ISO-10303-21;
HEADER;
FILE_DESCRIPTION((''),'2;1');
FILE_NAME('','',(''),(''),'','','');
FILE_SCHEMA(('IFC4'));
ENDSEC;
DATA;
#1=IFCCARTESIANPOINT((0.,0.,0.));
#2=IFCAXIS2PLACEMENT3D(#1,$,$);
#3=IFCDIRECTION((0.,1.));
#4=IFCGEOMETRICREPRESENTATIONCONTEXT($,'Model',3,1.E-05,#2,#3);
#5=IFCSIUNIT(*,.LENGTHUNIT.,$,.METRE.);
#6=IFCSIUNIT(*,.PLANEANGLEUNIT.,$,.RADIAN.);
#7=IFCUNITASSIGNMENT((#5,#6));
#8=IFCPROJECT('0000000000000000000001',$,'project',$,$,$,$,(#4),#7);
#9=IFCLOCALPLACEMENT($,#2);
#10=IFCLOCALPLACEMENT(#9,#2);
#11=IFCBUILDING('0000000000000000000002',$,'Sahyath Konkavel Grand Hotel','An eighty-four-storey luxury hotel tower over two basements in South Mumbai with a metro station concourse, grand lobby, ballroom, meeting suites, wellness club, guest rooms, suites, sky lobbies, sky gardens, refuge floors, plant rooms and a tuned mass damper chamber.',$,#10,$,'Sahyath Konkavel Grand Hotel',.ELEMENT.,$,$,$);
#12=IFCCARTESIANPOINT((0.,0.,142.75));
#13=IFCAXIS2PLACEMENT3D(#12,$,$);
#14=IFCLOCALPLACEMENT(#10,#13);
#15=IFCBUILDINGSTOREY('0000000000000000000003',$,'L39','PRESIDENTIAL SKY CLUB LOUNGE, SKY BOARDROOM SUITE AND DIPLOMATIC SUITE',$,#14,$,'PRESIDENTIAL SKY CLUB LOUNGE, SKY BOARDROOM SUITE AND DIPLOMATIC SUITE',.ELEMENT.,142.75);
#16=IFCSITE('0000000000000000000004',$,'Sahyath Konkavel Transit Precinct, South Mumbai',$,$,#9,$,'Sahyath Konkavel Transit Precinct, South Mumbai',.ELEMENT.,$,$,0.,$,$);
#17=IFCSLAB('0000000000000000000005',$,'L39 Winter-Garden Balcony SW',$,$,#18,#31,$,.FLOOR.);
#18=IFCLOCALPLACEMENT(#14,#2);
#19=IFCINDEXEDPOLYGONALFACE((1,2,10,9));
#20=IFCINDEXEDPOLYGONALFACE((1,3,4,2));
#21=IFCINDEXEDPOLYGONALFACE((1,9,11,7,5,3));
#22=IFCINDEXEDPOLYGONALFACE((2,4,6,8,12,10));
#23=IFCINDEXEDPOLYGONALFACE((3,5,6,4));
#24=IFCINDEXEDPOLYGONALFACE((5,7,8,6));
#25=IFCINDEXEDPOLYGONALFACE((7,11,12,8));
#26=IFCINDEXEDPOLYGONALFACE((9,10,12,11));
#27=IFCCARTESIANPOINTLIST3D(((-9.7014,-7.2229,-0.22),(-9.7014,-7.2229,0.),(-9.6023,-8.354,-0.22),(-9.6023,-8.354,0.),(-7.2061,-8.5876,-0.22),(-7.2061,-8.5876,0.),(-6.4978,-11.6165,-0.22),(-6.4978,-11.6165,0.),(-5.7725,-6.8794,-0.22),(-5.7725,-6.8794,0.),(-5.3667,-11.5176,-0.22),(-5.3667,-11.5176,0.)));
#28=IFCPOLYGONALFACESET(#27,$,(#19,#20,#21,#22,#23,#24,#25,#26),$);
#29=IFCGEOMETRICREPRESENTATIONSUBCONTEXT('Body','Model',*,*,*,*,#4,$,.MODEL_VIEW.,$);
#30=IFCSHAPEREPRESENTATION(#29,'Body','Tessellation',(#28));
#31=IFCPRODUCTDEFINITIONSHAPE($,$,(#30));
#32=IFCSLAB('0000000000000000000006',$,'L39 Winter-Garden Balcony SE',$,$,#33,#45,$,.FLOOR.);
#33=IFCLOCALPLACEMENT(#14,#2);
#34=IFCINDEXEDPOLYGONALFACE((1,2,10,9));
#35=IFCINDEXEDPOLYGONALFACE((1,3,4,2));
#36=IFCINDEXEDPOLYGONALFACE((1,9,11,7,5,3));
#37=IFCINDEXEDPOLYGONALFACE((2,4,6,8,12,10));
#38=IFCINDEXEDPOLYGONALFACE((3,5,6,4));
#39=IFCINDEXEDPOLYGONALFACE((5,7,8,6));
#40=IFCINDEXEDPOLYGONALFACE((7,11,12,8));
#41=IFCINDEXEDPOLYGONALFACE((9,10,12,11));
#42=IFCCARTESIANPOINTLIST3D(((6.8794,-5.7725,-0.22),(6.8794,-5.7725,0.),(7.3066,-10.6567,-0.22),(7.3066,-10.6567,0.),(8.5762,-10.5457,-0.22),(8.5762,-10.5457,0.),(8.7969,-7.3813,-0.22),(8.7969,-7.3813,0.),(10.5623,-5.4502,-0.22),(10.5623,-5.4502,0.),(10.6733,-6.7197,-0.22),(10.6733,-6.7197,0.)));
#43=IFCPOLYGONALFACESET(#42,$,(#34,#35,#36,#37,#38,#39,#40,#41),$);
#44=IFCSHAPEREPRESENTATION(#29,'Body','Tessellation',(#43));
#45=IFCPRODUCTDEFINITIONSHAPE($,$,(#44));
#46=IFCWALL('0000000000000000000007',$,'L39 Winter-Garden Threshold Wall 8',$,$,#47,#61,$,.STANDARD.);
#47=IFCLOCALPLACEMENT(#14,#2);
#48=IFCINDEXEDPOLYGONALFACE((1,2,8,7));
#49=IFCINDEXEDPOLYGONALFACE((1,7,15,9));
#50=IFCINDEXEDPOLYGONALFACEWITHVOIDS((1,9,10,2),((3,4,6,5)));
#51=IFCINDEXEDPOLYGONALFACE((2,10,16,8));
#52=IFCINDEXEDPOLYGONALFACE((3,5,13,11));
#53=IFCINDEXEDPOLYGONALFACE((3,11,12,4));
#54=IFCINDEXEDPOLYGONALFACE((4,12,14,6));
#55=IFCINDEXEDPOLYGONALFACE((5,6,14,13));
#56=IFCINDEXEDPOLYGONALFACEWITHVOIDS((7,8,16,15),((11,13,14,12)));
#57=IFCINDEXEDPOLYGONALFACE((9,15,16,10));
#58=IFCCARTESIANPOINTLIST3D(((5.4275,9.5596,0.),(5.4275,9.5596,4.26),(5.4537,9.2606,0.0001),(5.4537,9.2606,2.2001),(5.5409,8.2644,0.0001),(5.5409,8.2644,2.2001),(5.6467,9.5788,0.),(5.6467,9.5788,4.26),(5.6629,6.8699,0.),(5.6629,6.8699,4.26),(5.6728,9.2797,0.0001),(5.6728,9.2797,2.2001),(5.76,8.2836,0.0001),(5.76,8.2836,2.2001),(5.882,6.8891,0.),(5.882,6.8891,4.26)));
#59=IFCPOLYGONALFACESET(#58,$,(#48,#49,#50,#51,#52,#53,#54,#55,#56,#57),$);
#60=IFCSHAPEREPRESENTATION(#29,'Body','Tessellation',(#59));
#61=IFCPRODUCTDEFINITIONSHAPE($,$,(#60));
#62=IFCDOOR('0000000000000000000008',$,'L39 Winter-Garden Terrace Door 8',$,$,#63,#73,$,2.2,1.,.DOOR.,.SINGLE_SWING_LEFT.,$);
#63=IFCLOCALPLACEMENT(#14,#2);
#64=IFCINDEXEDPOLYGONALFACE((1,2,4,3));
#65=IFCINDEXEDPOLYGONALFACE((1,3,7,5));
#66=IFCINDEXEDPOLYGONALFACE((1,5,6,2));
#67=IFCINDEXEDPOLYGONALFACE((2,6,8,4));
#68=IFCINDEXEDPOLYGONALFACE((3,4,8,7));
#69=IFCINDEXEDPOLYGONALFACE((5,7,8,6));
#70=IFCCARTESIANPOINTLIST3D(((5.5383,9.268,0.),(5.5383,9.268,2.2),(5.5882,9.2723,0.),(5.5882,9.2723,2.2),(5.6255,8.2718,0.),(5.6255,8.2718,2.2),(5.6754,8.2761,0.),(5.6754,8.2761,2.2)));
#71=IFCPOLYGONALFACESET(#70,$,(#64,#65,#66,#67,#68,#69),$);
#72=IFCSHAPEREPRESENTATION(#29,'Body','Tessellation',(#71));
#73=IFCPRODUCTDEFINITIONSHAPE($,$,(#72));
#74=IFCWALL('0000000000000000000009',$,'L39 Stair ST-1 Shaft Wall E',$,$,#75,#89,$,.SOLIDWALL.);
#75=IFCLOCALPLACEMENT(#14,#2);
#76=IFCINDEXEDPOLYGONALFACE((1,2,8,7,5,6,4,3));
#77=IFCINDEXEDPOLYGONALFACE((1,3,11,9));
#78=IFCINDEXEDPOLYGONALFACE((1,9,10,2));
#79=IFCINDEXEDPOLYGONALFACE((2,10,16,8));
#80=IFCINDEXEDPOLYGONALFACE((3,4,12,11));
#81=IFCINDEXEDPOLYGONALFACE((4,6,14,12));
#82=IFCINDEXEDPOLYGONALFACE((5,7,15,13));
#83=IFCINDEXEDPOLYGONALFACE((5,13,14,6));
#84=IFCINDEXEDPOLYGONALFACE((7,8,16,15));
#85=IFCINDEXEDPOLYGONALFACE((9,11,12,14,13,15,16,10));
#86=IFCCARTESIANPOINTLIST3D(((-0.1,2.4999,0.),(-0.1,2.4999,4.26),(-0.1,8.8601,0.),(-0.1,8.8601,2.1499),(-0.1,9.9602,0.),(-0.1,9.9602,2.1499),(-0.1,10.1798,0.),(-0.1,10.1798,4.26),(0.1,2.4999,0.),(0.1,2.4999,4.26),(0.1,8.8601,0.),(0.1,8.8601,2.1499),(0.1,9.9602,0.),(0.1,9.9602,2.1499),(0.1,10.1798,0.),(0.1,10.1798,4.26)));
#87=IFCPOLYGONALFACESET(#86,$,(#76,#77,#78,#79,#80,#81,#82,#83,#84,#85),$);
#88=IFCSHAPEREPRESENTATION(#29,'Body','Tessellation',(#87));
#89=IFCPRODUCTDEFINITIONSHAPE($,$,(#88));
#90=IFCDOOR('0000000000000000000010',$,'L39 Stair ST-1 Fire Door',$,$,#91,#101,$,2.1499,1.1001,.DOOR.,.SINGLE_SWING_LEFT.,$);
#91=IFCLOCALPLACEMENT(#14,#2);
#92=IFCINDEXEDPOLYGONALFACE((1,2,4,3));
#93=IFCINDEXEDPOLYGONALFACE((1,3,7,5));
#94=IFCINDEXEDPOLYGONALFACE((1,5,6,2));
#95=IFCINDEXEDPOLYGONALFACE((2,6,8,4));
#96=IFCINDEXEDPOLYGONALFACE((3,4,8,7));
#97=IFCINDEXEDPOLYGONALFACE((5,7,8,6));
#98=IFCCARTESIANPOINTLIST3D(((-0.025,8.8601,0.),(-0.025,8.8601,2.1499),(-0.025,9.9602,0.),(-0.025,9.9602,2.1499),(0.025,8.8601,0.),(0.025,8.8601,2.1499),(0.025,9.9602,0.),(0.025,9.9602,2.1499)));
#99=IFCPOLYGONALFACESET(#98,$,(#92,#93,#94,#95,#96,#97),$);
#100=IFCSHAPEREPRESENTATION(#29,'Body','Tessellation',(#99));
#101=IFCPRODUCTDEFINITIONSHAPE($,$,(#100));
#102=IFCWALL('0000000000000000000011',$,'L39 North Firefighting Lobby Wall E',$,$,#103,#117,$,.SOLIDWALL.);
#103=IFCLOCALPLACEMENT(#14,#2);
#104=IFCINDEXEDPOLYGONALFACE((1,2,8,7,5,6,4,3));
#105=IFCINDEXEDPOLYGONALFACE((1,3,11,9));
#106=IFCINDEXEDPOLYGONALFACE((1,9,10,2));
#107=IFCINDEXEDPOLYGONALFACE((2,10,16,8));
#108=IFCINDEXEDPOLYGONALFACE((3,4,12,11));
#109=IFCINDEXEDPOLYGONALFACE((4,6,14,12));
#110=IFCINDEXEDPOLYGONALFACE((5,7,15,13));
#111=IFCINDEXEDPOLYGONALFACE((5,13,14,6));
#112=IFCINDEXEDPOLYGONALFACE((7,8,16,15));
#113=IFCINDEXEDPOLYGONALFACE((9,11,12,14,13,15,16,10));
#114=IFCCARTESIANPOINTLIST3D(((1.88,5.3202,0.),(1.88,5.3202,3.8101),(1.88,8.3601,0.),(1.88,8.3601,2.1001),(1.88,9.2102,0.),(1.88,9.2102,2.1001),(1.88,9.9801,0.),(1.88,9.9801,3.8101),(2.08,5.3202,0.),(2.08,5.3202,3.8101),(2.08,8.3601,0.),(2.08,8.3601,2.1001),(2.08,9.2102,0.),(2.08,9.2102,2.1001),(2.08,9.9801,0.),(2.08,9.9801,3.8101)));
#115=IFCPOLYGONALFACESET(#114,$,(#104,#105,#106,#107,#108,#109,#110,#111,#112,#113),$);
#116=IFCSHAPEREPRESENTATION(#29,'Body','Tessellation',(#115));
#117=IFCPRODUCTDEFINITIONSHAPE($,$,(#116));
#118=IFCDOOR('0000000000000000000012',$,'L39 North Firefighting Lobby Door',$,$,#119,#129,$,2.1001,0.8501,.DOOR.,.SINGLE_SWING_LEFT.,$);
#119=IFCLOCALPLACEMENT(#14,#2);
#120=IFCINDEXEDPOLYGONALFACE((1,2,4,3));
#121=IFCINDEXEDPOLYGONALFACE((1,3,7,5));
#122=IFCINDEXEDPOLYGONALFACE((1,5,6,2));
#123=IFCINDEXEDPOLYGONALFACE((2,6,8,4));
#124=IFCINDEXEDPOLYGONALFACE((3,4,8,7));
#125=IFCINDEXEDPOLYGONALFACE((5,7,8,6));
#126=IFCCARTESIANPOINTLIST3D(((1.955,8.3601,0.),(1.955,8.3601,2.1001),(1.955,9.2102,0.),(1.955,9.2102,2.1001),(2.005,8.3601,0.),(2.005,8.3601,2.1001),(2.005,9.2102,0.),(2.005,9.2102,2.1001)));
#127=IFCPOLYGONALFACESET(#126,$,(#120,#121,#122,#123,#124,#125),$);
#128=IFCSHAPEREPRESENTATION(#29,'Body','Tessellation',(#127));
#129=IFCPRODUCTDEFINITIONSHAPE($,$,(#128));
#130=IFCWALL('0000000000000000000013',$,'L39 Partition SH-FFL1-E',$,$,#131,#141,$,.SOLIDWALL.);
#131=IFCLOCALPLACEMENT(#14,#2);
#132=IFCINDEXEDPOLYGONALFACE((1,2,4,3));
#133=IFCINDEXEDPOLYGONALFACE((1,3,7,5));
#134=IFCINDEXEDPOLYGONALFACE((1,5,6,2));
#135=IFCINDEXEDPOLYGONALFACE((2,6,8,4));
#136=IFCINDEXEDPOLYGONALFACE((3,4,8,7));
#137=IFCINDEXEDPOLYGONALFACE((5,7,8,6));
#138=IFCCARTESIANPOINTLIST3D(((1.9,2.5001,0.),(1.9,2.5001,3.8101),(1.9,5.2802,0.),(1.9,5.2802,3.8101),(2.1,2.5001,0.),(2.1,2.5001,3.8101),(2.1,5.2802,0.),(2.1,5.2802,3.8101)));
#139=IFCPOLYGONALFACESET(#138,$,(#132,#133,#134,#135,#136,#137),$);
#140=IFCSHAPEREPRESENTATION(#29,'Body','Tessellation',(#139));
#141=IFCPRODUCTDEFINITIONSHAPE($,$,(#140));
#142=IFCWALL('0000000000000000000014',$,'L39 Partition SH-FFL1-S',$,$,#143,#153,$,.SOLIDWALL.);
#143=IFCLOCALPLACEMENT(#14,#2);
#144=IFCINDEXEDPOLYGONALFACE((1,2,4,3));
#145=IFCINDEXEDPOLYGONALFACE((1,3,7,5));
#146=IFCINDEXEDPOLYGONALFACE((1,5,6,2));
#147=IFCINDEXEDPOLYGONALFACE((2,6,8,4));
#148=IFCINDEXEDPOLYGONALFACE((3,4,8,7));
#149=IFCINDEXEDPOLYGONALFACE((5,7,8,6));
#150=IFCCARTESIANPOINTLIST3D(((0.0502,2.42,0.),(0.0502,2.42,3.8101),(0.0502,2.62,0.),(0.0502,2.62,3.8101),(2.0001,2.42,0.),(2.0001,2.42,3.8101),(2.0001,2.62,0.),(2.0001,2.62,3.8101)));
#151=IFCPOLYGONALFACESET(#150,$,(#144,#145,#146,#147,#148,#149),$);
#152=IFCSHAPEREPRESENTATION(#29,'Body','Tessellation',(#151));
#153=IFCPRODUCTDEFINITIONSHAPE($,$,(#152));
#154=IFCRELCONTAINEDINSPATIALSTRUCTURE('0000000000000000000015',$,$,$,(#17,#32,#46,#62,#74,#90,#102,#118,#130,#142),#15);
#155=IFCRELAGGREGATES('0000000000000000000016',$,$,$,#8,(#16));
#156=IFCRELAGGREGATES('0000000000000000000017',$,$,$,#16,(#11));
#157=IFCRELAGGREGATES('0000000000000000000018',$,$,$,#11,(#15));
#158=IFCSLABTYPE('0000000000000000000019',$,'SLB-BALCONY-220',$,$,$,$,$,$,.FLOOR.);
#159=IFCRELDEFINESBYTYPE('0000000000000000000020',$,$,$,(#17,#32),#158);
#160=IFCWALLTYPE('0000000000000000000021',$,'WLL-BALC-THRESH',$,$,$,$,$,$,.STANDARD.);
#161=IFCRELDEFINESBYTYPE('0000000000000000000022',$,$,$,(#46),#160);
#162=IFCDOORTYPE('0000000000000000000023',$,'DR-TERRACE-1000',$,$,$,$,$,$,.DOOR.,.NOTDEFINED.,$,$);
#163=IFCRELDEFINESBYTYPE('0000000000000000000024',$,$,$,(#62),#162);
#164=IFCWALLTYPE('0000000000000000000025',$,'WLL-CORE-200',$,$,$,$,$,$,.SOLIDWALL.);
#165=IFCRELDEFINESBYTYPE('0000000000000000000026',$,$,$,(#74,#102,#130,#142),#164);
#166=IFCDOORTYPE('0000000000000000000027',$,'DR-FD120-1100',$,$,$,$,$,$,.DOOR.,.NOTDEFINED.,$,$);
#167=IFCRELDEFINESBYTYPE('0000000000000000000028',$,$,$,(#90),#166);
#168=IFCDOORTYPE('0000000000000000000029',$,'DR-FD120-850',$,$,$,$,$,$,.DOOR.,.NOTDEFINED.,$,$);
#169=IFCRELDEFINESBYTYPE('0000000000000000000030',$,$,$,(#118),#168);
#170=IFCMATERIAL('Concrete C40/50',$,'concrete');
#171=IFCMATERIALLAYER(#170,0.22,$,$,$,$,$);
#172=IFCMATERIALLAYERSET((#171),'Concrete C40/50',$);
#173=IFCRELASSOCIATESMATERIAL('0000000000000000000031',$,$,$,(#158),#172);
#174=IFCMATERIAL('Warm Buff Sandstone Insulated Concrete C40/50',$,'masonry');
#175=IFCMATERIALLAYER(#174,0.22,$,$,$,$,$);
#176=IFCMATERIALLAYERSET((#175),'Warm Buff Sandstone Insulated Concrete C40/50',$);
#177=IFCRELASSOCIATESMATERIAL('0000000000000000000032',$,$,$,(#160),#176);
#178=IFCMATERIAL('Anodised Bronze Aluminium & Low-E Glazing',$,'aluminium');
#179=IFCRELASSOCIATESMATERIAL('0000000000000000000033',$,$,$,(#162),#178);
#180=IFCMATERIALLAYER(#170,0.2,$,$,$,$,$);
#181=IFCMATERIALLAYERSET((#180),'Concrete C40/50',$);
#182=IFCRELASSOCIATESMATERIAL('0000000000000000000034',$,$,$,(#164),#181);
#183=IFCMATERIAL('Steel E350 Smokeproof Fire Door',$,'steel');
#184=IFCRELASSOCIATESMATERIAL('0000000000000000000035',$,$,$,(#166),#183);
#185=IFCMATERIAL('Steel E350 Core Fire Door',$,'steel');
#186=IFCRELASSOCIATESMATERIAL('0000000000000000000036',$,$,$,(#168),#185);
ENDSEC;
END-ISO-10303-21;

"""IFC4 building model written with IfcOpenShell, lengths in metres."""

from ifc_helpers import new_model, si_unit, direction, frame, frame_2d, origin, origin_2d, place, context, subcontext, project, spatial, polyline, rectangle, outline, extrude, source, transform, mapped, material, layer, layer_set, type_object, element, fill, save


model = new_model("IFC4")

# Units and contexts
model_context = context("Model", 3, precision=1e-05, world=origin(), true_north=direction((0.0, 1.0)))
body_context = subcontext(model_context, "Body", "Model", "MODEL_VIEW")
ifc_project = project(units=[si_unit("LENGTHUNIT", "METRE"), si_unit("PLANEANGLEUNIT", "RADIAN")], contexts=[model_context])

# Site, building, storey
site_placement = place(None, origin())
site = spatial("IfcSite", under=ifc_project, at=site_placement, Name="Sahyath Konkavel Transit Precinct, South Mumbai", LongName="Sahyath Konkavel Transit Precinct, South Mumbai", CompositionType="ELEMENT", RefElevation=0.0)
building_placement = place(site_placement, origin())
building = spatial("IfcBuilding", under=site, at=building_placement, Name="Sahyath Konkavel Grand Hotel", Description="An eighty-four-storey luxury hotel tower over two basements in South Mumbai with a metro station concourse, grand lobby, ballroom, meeting suites, wellness club, guest rooms, suites, sky lobbies, sky gardens, refuge floors, plant rooms and a tuned mass damper chamber.", LongName="Sahyath Konkavel Grand Hotel", CompositionType="ELEMENT")
storey_placement = place(building_placement, frame((0.0, 0.0, 142.75)))
storey = spatial("IfcBuildingStorey", under=building, at=storey_placement, Name="L39", Description="PRESIDENTIAL SKY CLUB LOUNGE, SKY BOARDROOM SUITE AND DIPLOMATIC SUITE", LongName="PRESIDENTIAL SKY CLUB LOUNGE, SKY BOARDROOM SUITE AND DIPLOMATIC SUITE", CompositionType="ELEMENT", Elevation=142.75)

# Slabs
ifc_material_1 = material(Name="Concrete C40/50", Category="concrete")
ifc_layer_1 = layer(ifc_material_1, 0.22)
ifc_layer_set_1 = layer_set([ifc_layer_1], Name="Concrete C40/50")
slab_type = type_object("IfcSlabType", Name="SLB-BALCONY-220", PredefinedType="FLOOR", material=ifc_layer_set_1)
slab_1_placement = place(storey_placement, frame((0.0, 0.0, -0.22)))
element("IfcSlab", 1, at=slab_1_placement, inside=storey, type_object=slab_type, Name="L39 Winter-Garden Balcony SW", PredefinedType="FLOOR", context=body_context, shape_type="SweptSolid", body=[
    extrude(outline(polyline([(-5.7725, -6.8794), (-9.7014, -7.2229), (-9.6023, -8.354), (-7.2061, -8.5876), (-6.4978, -11.6165), (-5.3667, -11.5176), (-5.7725, -6.8794)])), origin(), (0.0, 0.0, 1.0), 0.22),
])
slab_2_placement = place(storey_placement, frame((0.0, 0.0, -0.22)))
element("IfcSlab", 2, at=slab_2_placement, inside=storey, type_object=slab_type, Name="L39 Winter-Garden Balcony SE", PredefinedType="FLOOR", context=body_context, shape_type="SweptSolid", body=[
    extrude(outline(polyline([(6.8794, -5.7725), (7.3066, -10.6567), (8.5762, -10.5457), (8.7969, -7.3813), (10.6733, -6.7197), (10.5623, -5.4502), (6.8794, -5.7725)])), origin(), (0.0, 0.0, 1.0), 0.22),
])

# Walls, openings, doors
ifc_material_2 = material(Name="Warm Buff Sandstone Insulated Concrete C40/50", Category="masonry")
ifc_layer_2 = layer(ifc_material_2, 0.22)
ifc_layer_set_2 = layer_set([ifc_layer_2], Name="Warm Buff Sandstone Insulated Concrete C40/50")
wall_type_1 = type_object("IfcWallType", Name="WLL-BALC-THRESH", PredefinedType="STANDARD", material=ifc_layer_set_2)
wall_1_placement = place(storey_placement, frame((5.7725, 6.8794, 0.0), z_axis=(0.0, 0.0, 1.0), x_axis=(-0.087168, 0.996194, 0.0)))
wall_1 = element("IfcWall", 3, at=wall_1_placement, inside=storey, type_object=wall_type_1, Name="L39 Winter-Garden Threshold Wall 8", PredefinedType="STANDARD", context=body_context, shape_type="SweptSolid", body=[
    extrude(rectangle(XDim=2.7, YDim=0.22, at=frame_2d((1.3501, 0.0))), origin(), (0.0, 0.0, 1.0), 4.26),
])
opening_1_placement = place(wall_1_placement, frame((1.3999, 0.0, 0.0)))
opening_1 = element("IfcOpeningElement", 4, at=opening_1_placement, cuts=wall_1, PredefinedType="OPENING", context=body_context, shape_type="SweptSolid", body=[
    extrude(rectangle(XDim=1.0, YDim=2.2, at=frame_2d((0.5, 1.1001))), frame((0.0, 0.1201, 0.0), z_axis=(0.0, -1.0, 0.0), x_axis=(1.0, 0.0, 0.0)), (0.0, 0.0, 1.0), 0.24),
])
ifc_material_3 = material(Name="Anodised Bronze Aluminium & Low-E Glazing", Category="aluminium")
door_type_1 = type_object("IfcDoorType", Name="DR-TERRACE-1000", OperationType="NOTDEFINED", PredefinedType="DOOR", material=ifc_material_3)
shared_shape_1 = source(origin(), body_context, "Body", "SweptSolid", [
    extrude(rectangle(XDim=1.0, YDim=0.05, at=origin_2d()), origin(), (0.0, 0.0, 1.0), 2.2),
])
door_1_placement = place(opening_1_placement, frame((0.5, 0.0, 0.0)))
door_1 = element("IfcDoor", 5, at=door_1_placement, inside=storey, type_object=door_type_1, Name="L39 Winter-Garden Terrace Door 8", OperationType="SINGLE_SWING_LEFT", OverallHeight=2.2, OverallWidth=1.0, PredefinedType="DOOR", context=body_context, shape_type="MappedRepresentation", body=[
    mapped(shared_shape_1, transform((0.0, 0.0, 0.0), scale=1.0)),
])
fill(opening_1, door_1)
ifc_layer_3 = layer(ifc_material_1, 0.2)
ifc_layer_set_3 = layer_set([ifc_layer_3], Name="Concrete C40/50")
wall_type_2 = type_object("IfcWallType", Name="WLL-CORE-200", PredefinedType="SOLIDWALL", material=ifc_layer_set_3)
wall_2_placement = place(storey_placement, frame((0.0, 2.5, 0.0), z_axis=(0.0, 0.0, 1.0), x_axis=(0.0, 1.0, 0.0)))
wall_2 = element("IfcWall", 6, at=wall_2_placement, inside=storey, type_object=wall_type_2, Name="L39 Stair ST-1 Shaft Wall E", PredefinedType="SOLIDWALL", context=body_context, shape_type="SweptSolid", body=[
    extrude(rectangle(XDim=7.6799, YDim=0.2, at=frame_2d((3.8398, 0.0))), origin(), (0.0, 0.0, 1.0), 4.26),
])
opening_2_placement = place(wall_2_placement, frame((6.3601, 0.0, 0.0)))
opening_2 = element("IfcOpeningElement", 7, at=opening_2_placement, cuts=wall_2, PredefinedType="OPENING", context=body_context, shape_type="SweptSolid", body=[
    extrude(rectangle(XDim=1.1001, YDim=2.1499, at=frame_2d((0.55, 1.075))), frame((0.0, 0.1099, 0.0), z_axis=(0.0, -1.0, 0.0), x_axis=(1.0, 0.0, 0.0)), (0.0, 0.0, 1.0), 0.22),
])
ifc_material_4 = material(Name="Steel E350 Smokeproof Fire Door", Category="steel")
door_type_2 = type_object("IfcDoorType", Name="DR-FD120-1100", OperationType="NOTDEFINED", PredefinedType="DOOR", material=ifc_material_4)
shared_shape_2 = source(origin(), body_context, "Body", "SweptSolid", [
    extrude(rectangle(XDim=1.1001, YDim=0.05, at=origin_2d()), origin(), (0.0, 0.0, 1.0), 2.1499),
])
door_2_placement = place(opening_2_placement, frame((0.55, 0.0, 0.0)))
door_2 = element("IfcDoor", 8, at=door_2_placement, inside=storey, type_object=door_type_2, Name="L39 Stair ST-1 Fire Door", OperationType="SINGLE_SWING_LEFT", OverallHeight=2.1499, OverallWidth=1.1001, PredefinedType="DOOR", context=body_context, shape_type="MappedRepresentation", body=[
    mapped(shared_shape_2, transform((0.0, 0.0, 0.0), scale=1.0)),
])
fill(opening_2, door_2)
wall_3_placement = place(storey_placement, frame((1.98, 5.3201, 0.0), z_axis=(0.0, 0.0, 1.0), x_axis=(0.0, 1.0, 0.0)))
wall_3 = element("IfcWall", 9, at=wall_3_placement, inside=storey, type_object=wall_type_2, Name="L39 North Firefighting Lobby Wall E", PredefinedType="SOLIDWALL", context=body_context, shape_type="SweptSolid", body=[
    extrude(rectangle(XDim=4.6599, YDim=0.2, at=frame_2d((2.3301, 0.0))), origin(), (0.0, 0.0, 1.0), 3.8101),
])
opening_3_placement = place(wall_3_placement, frame((3.04, 0.0, 0.0)))
opening_3 = element("IfcOpeningElement", 10, at=opening_3_placement, cuts=wall_3, PredefinedType="OPENING", context=body_context, shape_type="SweptSolid", body=[
    extrude(rectangle(XDim=0.8501, YDim=2.1001, at=frame_2d((0.425, 1.05))), frame((0.0, 0.1099, 0.0), z_axis=(0.0, -1.0, 0.0), x_axis=(1.0, 0.0, 0.0)), (0.0, 0.0, 1.0), 0.22),
])
ifc_material_5 = material(Name="Steel E350 Core Fire Door", Category="steel")
door_type_3 = type_object("IfcDoorType", Name="DR-FD120-850", OperationType="NOTDEFINED", PredefinedType="DOOR", material=ifc_material_5)
shared_shape_3 = source(origin(), body_context, "Body", "SweptSolid", [
    extrude(rectangle(XDim=0.8501, YDim=0.05, at=origin_2d()), origin(), (0.0, 0.0, 1.0), 2.1001),
])
door_3_placement = place(opening_3_placement, frame((0.425, 0.0, 0.0)))
door_3 = element("IfcDoor", 11, at=door_3_placement, inside=storey, type_object=door_type_3, Name="L39 North Firefighting Lobby Door", OperationType="SINGLE_SWING_LEFT", OverallHeight=2.1001, OverallWidth=0.8501, PredefinedType="DOOR", context=body_context, shape_type="MappedRepresentation", body=[
    mapped(shared_shape_3, transform((0.0, 0.0, 0.0), scale=1.0)),
])
fill(opening_3, door_3)

# Walls
wall_4_placement = place(storey_placement, frame((2.0, 2.5, 0.0), z_axis=(0.0, 0.0, 1.0), x_axis=(0.0, 1.0, 0.0)))
element("IfcWall", 12, at=wall_4_placement, inside=storey, type_object=wall_type_2, Name="L39 Partition SH-FFL1-E", PredefinedType="SOLIDWALL", context=body_context, shape_type="SweptSolid", body=[
    extrude(rectangle(XDim=2.78, YDim=0.2, at=frame_2d((1.3901, 0.0))), origin(), (0.0, 0.0, 1.0), 3.8101),
])
wall_5_placement = place(storey_placement, frame((0.05, 2.52, 0.0), z_axis=(0.0, 0.0, 1.0), x_axis=(1.0, 0.0, 0.0)))
element("IfcWall", 13, at=wall_5_placement, inside=storey, type_object=wall_type_2, Name="L39 Partition SH-FFL1-S", PredefinedType="SOLIDWALL", context=body_context, shape_type="SweptSolid", body=[
    extrude(rectangle(XDim=1.95, YDim=0.2, at=frame_2d((0.9751, 0.0))), origin(), (0.0, 0.0, 1.0), 3.8101),
])

save(model, "model.ifc")
